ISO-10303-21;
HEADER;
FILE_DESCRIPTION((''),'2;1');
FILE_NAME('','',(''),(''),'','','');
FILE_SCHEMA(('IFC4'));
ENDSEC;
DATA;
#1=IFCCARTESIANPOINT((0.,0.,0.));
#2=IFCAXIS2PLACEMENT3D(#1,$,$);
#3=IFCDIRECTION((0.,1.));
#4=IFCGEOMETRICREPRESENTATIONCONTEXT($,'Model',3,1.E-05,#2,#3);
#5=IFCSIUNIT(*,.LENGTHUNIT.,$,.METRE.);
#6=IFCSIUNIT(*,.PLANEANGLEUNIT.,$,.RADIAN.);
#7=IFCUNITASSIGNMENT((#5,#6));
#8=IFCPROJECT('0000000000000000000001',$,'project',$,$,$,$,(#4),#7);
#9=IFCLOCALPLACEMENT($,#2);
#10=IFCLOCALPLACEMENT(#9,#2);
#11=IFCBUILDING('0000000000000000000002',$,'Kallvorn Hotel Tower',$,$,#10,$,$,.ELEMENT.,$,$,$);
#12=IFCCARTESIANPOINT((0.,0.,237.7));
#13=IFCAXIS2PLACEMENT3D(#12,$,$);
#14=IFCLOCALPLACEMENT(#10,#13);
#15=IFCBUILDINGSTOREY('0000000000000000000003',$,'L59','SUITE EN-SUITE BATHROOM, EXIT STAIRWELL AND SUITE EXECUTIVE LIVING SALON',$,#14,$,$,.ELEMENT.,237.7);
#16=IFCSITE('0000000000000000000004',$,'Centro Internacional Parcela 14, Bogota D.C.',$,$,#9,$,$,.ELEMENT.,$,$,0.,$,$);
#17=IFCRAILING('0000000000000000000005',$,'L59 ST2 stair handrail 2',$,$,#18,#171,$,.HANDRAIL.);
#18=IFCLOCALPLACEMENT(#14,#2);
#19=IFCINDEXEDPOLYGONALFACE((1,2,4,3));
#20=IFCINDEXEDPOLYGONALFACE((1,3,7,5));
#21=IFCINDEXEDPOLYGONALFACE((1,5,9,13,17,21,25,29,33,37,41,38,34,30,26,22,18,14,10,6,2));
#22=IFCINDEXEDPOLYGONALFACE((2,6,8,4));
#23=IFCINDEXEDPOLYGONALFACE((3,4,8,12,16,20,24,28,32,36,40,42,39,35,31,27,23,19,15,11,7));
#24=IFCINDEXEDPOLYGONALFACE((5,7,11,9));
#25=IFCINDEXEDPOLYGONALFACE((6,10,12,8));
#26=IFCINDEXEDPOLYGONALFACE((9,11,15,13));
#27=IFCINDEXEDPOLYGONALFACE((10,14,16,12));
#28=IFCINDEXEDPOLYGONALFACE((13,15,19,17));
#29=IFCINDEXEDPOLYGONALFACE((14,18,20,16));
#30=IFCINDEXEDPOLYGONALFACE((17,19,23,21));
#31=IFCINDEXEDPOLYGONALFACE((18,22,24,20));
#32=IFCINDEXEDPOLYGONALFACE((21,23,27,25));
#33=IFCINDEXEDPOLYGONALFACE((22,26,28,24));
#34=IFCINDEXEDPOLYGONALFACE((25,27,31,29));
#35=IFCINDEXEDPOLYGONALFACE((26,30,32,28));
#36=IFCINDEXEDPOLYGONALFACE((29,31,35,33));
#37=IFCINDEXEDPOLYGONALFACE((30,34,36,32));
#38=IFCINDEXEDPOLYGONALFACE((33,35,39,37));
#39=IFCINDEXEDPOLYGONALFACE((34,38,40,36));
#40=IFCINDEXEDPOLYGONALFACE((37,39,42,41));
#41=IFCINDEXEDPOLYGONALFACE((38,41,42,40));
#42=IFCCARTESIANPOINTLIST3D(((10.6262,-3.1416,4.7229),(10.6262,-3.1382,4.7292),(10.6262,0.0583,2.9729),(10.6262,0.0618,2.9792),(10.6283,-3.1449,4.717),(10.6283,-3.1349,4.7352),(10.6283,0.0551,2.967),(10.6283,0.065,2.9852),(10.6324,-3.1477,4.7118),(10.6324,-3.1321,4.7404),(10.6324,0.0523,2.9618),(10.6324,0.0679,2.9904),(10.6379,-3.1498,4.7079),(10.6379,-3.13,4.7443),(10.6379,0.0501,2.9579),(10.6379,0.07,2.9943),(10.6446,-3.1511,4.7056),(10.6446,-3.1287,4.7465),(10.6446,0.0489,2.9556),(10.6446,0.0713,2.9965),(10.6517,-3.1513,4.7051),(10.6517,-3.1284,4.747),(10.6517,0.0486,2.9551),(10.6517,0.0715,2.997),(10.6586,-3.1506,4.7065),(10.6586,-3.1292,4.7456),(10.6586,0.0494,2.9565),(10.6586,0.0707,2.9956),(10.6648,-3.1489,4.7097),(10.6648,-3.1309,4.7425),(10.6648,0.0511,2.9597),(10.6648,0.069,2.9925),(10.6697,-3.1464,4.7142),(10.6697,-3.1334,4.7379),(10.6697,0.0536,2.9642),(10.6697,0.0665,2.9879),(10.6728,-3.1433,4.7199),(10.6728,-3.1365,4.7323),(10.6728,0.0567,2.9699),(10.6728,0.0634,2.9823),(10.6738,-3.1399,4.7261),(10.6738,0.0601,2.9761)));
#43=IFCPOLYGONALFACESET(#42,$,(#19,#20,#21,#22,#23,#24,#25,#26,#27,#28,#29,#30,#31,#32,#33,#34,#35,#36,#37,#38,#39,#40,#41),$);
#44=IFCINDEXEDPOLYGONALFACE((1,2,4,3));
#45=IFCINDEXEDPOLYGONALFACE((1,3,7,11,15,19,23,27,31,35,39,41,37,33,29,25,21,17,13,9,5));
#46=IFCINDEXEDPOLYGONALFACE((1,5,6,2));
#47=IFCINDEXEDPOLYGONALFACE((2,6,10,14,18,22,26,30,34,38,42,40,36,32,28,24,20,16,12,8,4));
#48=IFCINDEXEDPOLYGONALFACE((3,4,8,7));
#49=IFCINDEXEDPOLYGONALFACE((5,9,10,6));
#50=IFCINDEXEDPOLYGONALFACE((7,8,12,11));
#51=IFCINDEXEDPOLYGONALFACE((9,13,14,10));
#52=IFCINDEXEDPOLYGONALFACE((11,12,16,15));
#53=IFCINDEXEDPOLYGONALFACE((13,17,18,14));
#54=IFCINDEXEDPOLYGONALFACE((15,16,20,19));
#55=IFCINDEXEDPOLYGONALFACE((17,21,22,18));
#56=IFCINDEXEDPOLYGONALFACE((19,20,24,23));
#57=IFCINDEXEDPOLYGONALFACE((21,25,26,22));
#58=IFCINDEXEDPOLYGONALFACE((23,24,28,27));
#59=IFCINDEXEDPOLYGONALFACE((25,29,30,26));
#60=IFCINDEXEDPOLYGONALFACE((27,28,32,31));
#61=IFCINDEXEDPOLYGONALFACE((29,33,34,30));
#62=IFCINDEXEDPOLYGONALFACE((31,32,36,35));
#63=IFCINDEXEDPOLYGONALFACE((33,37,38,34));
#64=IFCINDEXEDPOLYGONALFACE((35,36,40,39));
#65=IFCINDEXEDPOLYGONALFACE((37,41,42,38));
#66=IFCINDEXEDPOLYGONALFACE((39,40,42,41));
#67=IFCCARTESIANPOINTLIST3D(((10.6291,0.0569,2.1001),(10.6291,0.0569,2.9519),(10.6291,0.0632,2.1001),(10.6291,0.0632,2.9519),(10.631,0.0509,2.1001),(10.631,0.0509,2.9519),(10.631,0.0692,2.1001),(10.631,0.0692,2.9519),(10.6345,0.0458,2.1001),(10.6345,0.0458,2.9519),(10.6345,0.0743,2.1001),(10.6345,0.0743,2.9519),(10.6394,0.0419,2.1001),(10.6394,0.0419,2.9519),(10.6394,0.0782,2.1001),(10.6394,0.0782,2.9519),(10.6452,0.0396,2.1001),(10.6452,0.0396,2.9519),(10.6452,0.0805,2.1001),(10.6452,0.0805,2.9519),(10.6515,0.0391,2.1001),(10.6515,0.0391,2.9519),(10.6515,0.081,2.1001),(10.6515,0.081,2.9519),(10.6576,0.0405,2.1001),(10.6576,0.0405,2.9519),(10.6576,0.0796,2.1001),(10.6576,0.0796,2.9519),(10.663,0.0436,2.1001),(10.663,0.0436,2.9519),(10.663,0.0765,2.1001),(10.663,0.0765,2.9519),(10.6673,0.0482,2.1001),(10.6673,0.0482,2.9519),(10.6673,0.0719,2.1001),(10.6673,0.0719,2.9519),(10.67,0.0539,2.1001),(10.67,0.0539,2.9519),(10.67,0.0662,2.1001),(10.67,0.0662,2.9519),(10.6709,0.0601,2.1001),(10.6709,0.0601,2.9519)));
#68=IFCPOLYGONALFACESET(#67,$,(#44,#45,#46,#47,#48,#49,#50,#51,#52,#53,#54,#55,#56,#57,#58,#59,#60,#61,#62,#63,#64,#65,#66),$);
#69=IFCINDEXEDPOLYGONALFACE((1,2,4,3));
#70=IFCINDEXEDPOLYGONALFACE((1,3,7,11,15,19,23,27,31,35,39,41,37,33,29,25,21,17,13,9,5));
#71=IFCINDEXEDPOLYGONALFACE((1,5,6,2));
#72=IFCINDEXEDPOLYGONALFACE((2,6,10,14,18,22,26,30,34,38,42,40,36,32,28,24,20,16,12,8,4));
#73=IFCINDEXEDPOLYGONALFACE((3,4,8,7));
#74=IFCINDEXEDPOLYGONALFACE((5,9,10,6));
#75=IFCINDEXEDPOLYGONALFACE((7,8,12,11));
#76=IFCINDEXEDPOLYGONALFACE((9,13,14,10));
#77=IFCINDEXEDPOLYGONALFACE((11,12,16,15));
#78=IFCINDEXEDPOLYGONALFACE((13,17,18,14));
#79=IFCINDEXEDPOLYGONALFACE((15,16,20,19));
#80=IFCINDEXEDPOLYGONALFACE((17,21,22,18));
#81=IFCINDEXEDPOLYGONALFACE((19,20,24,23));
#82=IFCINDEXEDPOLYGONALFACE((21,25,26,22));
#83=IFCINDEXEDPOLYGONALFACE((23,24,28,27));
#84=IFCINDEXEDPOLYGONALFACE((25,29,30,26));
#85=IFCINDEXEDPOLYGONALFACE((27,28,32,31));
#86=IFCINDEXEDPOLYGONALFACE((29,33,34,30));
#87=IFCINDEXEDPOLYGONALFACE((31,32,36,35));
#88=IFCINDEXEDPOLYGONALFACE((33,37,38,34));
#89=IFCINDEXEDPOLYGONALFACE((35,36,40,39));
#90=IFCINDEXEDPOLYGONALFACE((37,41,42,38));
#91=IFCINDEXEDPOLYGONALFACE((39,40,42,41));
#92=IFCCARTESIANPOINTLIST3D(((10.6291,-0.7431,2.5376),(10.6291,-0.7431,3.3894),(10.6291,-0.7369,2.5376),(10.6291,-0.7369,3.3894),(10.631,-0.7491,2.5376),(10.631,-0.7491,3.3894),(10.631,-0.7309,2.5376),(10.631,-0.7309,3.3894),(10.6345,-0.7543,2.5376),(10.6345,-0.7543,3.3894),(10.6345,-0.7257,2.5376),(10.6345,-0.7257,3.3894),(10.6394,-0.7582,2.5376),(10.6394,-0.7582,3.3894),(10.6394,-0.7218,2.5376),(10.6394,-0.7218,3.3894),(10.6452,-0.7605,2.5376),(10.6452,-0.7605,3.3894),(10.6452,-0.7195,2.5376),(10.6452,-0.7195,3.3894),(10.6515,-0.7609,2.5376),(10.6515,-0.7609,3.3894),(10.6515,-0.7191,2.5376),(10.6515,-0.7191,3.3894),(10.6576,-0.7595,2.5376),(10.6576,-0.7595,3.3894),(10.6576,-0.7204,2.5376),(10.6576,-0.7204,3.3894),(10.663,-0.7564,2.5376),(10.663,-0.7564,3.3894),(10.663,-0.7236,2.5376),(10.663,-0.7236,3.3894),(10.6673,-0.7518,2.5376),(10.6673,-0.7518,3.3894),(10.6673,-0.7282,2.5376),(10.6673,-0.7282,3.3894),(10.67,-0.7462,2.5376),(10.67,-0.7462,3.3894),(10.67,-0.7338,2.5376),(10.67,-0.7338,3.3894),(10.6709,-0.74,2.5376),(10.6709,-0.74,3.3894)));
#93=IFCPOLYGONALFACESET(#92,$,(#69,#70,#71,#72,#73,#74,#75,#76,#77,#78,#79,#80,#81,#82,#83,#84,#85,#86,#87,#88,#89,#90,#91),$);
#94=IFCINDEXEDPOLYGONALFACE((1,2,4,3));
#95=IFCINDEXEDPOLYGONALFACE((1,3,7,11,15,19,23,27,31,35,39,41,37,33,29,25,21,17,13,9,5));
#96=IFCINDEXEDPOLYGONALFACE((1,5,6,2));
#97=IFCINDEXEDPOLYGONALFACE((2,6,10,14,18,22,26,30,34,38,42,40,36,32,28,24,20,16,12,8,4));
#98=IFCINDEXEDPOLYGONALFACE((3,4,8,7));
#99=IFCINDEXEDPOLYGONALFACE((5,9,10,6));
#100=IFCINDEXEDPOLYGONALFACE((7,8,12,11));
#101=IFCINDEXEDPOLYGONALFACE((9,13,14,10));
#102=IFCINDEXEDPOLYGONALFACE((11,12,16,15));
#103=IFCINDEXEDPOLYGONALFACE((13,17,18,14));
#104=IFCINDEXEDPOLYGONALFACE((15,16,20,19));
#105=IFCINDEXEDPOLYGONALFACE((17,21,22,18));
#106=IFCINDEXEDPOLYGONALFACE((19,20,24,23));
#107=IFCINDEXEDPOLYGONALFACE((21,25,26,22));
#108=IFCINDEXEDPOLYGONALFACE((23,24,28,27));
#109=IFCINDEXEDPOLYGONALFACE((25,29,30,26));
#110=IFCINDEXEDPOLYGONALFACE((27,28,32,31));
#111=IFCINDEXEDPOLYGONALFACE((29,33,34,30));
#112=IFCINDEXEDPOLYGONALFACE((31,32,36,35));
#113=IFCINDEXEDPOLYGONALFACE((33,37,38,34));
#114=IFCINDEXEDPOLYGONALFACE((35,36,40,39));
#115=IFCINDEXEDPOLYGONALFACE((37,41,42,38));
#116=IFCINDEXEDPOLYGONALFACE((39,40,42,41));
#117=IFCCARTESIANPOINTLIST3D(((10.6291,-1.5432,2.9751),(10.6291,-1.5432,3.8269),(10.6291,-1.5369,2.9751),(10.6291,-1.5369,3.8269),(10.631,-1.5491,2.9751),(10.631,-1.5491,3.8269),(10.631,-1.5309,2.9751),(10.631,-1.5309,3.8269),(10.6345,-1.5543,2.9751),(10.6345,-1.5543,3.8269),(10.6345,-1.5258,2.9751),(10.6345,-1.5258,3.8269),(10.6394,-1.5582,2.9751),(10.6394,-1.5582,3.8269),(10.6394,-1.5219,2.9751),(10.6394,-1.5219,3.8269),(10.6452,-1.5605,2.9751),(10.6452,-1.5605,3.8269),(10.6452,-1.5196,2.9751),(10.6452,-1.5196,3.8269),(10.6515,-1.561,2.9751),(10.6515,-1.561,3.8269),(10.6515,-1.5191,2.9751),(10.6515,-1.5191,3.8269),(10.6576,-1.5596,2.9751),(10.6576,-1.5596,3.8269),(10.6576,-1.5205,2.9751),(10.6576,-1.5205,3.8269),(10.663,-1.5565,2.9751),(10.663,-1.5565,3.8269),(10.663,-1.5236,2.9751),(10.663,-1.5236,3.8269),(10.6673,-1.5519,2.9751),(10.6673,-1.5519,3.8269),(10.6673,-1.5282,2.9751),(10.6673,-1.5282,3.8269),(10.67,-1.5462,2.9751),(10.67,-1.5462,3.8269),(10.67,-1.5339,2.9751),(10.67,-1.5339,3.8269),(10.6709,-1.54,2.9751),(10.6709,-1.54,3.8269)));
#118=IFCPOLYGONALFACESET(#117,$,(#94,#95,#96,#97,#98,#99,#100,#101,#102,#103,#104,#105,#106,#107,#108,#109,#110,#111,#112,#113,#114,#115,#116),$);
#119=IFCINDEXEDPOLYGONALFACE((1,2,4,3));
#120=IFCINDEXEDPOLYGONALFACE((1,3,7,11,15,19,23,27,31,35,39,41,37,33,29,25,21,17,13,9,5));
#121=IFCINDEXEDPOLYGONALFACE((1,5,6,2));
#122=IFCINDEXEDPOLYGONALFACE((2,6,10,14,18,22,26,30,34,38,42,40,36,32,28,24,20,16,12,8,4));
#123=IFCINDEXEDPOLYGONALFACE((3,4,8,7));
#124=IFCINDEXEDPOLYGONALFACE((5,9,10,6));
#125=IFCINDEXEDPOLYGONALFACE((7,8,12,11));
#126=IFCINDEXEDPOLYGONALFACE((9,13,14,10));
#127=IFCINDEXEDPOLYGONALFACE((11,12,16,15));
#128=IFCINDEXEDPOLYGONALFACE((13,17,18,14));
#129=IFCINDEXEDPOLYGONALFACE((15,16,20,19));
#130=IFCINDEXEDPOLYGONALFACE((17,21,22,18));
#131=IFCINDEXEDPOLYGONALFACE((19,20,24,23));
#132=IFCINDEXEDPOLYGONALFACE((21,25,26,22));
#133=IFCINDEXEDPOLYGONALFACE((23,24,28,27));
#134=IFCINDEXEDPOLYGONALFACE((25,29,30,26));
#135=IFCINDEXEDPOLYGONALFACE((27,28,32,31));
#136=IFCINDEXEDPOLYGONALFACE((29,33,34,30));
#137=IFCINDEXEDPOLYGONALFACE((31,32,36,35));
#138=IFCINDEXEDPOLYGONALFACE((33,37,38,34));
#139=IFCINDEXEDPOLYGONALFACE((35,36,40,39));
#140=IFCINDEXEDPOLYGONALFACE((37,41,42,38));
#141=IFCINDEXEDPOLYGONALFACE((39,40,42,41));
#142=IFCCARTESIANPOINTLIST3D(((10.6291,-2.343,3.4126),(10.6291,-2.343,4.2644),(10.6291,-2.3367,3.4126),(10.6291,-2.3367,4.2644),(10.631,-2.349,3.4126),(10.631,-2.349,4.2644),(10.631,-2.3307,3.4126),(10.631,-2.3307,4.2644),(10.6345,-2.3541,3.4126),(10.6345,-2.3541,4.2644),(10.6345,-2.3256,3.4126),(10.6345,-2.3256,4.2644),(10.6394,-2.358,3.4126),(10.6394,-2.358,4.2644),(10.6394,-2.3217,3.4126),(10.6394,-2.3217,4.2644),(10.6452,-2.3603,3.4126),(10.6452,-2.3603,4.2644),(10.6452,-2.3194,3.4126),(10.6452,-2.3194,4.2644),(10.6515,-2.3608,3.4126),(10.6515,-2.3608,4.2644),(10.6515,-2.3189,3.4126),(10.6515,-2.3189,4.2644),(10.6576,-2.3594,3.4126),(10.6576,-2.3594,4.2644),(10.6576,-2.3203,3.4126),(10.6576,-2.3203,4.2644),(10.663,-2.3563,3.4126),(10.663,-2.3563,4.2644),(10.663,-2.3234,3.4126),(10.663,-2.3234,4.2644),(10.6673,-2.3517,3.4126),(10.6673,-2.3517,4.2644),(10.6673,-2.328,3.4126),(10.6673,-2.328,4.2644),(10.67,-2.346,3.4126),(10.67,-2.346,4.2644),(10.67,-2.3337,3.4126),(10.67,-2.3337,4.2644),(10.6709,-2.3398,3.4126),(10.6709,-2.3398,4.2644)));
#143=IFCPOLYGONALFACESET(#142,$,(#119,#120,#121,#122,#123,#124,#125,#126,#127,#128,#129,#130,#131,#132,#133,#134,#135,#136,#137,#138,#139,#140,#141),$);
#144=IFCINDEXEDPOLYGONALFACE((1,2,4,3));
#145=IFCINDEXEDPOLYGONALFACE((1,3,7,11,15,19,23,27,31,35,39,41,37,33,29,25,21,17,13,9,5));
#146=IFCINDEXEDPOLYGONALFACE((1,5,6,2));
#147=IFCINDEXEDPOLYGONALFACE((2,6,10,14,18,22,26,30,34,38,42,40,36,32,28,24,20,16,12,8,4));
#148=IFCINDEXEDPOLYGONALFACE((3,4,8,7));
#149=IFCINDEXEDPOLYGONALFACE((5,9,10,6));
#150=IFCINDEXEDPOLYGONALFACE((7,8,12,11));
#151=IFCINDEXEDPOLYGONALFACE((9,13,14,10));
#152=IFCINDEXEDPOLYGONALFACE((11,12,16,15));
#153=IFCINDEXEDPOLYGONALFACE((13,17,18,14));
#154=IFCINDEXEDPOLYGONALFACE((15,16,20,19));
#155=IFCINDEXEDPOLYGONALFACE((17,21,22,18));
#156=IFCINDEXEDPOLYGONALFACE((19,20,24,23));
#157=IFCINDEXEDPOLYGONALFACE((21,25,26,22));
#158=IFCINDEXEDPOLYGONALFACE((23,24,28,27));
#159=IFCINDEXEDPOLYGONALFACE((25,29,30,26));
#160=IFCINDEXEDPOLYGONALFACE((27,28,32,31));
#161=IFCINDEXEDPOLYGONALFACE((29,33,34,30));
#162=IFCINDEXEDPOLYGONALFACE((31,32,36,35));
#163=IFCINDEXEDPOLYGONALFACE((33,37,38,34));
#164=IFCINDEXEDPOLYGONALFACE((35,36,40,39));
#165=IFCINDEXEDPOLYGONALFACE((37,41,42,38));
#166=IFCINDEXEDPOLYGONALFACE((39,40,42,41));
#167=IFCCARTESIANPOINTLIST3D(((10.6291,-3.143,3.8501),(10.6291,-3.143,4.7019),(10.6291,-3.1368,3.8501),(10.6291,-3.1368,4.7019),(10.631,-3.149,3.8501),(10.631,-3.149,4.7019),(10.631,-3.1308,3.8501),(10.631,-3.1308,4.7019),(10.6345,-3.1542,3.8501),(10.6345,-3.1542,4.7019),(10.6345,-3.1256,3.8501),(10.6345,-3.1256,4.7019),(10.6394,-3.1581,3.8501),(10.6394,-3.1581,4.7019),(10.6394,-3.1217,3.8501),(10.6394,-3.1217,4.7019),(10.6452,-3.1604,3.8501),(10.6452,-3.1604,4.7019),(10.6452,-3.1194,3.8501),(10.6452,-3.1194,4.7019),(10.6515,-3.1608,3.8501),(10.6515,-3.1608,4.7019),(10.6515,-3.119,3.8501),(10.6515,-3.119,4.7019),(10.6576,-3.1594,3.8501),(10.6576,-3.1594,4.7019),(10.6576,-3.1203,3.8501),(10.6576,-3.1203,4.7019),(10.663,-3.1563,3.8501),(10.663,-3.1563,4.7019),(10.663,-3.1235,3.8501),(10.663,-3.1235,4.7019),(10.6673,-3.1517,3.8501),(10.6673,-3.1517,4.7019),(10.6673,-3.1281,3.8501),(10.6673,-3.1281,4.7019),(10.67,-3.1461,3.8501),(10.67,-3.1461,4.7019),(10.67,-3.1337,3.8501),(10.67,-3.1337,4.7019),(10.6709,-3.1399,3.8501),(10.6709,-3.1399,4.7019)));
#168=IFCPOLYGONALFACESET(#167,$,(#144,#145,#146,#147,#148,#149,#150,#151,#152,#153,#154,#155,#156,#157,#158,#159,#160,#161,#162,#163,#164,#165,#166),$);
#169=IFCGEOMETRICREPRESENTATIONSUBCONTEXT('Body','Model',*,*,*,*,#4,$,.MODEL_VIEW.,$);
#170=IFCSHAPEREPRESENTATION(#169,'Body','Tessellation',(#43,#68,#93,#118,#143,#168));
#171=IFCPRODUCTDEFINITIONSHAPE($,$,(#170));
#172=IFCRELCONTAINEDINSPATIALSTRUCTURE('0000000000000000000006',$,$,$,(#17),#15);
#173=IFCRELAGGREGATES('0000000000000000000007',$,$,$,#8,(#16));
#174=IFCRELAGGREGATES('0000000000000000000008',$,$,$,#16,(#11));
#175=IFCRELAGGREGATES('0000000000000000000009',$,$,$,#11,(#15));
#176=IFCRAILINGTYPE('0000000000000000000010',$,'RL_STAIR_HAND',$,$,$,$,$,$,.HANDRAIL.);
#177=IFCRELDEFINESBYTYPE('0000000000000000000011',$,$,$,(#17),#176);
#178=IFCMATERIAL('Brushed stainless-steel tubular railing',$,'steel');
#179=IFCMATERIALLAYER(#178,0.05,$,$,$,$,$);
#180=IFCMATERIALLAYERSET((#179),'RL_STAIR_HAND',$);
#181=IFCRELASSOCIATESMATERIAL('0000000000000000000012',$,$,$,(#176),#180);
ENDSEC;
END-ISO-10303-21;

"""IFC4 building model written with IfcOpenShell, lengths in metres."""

from ifc_helpers import new_model, si_unit, direction, frame, origin, origin_2d, place, context, subcontext, project, spatial, circle, extrude, material, layer, layer_set, type_object, element, save


model = new_model("IFC4")

# Units and contexts
model_context = context("Model", 3, precision=1e-05, world=origin(), true_north=direction((0.0, 1.0)))
body_context = subcontext(model_context, "Body", "Model", "MODEL_VIEW")
ifc_project = project(units=[si_unit("LENGTHUNIT", "METRE"), si_unit("PLANEANGLEUNIT", "RADIAN")], contexts=[model_context])

# Site, building, storey
site_placement = place(None, origin())
site = spatial("IfcSite", under=ifc_project, at=site_placement, Name="Centro Internacional Parcela 14, Bogota D.C.", CompositionType="ELEMENT", RefElevation=0.0)
building_placement = place(site_placement, origin())
building = spatial("IfcBuilding", under=site, at=building_placement, Name="Kallvorn Hotel Tower", CompositionType="ELEMENT")
storey_placement = place(building_placement, frame((0.0, 0.0, 237.7)))
storey = spatial("IfcBuildingStorey", under=building, at=storey_placement, Name="L59", Description="SUITE EN-SUITE BATHROOM, EXIT STAIRWELL AND SUITE EXECUTIVE LIVING SALON", CompositionType="ELEMENT", Elevation=237.7)

# Railing
ifc_material_1 = material(Name="Brushed stainless-steel tubular railing", Category="steel")
ifc_layer_1 = layer(ifc_material_1, 0.05)
ifc_layer_set_1 = layer_set([ifc_layer_1], Name="RL_STAIR_HAND")
railing_type_1 = type_object("IfcRailingType", Name="RL_STAIR_HAND", PredefinedType="HANDRAIL", material=ifc_layer_set_1)
railing_1_placement = place(storey_placement, frame((10.6499, 0.0601, 2.1001)))
element("IfcRailing", 1, at=railing_1_placement, inside=storey, type_object=railing_type_1, Name="L59 ST2 stair handrail 2", PredefinedType="HANDRAIL", context=body_context, shape_type="SweptSolid", body=[
    extrude(circle(Radius=0.0239, at=origin_2d()), frame((0.0, 0.0, 0.876), z_axis=(0.0, -0.877368, 0.479818), x_axis=(1.0, 0.0, 0.0)), (0.0, 0.0, 1.0), 3.6472),
    extrude(circle(Radius=0.021, at=origin_2d()), origin(), (0.0, 0.0, 1.0), 0.8518),
    extrude(circle(Radius=0.021, at=origin_2d()), frame((0.0, -0.8, 0.4375)), (0.0, 0.0, 1.0), 0.8518),
    extrude(circle(Radius=0.021, at=origin_2d()), frame((0.0, -1.6001, 0.875)), (0.0, 0.0, 1.0), 0.8518),
    extrude(circle(Radius=0.021, at=origin_2d()), frame((0.0, -2.3999, 1.3125)), (0.0, 0.0, 1.0), 0.8518),
    extrude(circle(Radius=0.021, at=origin_2d()), frame((0.0, -3.2, 1.75)), (0.0, 0.0, 1.0), 0.8518),
])

save(model, "model.ifc")
